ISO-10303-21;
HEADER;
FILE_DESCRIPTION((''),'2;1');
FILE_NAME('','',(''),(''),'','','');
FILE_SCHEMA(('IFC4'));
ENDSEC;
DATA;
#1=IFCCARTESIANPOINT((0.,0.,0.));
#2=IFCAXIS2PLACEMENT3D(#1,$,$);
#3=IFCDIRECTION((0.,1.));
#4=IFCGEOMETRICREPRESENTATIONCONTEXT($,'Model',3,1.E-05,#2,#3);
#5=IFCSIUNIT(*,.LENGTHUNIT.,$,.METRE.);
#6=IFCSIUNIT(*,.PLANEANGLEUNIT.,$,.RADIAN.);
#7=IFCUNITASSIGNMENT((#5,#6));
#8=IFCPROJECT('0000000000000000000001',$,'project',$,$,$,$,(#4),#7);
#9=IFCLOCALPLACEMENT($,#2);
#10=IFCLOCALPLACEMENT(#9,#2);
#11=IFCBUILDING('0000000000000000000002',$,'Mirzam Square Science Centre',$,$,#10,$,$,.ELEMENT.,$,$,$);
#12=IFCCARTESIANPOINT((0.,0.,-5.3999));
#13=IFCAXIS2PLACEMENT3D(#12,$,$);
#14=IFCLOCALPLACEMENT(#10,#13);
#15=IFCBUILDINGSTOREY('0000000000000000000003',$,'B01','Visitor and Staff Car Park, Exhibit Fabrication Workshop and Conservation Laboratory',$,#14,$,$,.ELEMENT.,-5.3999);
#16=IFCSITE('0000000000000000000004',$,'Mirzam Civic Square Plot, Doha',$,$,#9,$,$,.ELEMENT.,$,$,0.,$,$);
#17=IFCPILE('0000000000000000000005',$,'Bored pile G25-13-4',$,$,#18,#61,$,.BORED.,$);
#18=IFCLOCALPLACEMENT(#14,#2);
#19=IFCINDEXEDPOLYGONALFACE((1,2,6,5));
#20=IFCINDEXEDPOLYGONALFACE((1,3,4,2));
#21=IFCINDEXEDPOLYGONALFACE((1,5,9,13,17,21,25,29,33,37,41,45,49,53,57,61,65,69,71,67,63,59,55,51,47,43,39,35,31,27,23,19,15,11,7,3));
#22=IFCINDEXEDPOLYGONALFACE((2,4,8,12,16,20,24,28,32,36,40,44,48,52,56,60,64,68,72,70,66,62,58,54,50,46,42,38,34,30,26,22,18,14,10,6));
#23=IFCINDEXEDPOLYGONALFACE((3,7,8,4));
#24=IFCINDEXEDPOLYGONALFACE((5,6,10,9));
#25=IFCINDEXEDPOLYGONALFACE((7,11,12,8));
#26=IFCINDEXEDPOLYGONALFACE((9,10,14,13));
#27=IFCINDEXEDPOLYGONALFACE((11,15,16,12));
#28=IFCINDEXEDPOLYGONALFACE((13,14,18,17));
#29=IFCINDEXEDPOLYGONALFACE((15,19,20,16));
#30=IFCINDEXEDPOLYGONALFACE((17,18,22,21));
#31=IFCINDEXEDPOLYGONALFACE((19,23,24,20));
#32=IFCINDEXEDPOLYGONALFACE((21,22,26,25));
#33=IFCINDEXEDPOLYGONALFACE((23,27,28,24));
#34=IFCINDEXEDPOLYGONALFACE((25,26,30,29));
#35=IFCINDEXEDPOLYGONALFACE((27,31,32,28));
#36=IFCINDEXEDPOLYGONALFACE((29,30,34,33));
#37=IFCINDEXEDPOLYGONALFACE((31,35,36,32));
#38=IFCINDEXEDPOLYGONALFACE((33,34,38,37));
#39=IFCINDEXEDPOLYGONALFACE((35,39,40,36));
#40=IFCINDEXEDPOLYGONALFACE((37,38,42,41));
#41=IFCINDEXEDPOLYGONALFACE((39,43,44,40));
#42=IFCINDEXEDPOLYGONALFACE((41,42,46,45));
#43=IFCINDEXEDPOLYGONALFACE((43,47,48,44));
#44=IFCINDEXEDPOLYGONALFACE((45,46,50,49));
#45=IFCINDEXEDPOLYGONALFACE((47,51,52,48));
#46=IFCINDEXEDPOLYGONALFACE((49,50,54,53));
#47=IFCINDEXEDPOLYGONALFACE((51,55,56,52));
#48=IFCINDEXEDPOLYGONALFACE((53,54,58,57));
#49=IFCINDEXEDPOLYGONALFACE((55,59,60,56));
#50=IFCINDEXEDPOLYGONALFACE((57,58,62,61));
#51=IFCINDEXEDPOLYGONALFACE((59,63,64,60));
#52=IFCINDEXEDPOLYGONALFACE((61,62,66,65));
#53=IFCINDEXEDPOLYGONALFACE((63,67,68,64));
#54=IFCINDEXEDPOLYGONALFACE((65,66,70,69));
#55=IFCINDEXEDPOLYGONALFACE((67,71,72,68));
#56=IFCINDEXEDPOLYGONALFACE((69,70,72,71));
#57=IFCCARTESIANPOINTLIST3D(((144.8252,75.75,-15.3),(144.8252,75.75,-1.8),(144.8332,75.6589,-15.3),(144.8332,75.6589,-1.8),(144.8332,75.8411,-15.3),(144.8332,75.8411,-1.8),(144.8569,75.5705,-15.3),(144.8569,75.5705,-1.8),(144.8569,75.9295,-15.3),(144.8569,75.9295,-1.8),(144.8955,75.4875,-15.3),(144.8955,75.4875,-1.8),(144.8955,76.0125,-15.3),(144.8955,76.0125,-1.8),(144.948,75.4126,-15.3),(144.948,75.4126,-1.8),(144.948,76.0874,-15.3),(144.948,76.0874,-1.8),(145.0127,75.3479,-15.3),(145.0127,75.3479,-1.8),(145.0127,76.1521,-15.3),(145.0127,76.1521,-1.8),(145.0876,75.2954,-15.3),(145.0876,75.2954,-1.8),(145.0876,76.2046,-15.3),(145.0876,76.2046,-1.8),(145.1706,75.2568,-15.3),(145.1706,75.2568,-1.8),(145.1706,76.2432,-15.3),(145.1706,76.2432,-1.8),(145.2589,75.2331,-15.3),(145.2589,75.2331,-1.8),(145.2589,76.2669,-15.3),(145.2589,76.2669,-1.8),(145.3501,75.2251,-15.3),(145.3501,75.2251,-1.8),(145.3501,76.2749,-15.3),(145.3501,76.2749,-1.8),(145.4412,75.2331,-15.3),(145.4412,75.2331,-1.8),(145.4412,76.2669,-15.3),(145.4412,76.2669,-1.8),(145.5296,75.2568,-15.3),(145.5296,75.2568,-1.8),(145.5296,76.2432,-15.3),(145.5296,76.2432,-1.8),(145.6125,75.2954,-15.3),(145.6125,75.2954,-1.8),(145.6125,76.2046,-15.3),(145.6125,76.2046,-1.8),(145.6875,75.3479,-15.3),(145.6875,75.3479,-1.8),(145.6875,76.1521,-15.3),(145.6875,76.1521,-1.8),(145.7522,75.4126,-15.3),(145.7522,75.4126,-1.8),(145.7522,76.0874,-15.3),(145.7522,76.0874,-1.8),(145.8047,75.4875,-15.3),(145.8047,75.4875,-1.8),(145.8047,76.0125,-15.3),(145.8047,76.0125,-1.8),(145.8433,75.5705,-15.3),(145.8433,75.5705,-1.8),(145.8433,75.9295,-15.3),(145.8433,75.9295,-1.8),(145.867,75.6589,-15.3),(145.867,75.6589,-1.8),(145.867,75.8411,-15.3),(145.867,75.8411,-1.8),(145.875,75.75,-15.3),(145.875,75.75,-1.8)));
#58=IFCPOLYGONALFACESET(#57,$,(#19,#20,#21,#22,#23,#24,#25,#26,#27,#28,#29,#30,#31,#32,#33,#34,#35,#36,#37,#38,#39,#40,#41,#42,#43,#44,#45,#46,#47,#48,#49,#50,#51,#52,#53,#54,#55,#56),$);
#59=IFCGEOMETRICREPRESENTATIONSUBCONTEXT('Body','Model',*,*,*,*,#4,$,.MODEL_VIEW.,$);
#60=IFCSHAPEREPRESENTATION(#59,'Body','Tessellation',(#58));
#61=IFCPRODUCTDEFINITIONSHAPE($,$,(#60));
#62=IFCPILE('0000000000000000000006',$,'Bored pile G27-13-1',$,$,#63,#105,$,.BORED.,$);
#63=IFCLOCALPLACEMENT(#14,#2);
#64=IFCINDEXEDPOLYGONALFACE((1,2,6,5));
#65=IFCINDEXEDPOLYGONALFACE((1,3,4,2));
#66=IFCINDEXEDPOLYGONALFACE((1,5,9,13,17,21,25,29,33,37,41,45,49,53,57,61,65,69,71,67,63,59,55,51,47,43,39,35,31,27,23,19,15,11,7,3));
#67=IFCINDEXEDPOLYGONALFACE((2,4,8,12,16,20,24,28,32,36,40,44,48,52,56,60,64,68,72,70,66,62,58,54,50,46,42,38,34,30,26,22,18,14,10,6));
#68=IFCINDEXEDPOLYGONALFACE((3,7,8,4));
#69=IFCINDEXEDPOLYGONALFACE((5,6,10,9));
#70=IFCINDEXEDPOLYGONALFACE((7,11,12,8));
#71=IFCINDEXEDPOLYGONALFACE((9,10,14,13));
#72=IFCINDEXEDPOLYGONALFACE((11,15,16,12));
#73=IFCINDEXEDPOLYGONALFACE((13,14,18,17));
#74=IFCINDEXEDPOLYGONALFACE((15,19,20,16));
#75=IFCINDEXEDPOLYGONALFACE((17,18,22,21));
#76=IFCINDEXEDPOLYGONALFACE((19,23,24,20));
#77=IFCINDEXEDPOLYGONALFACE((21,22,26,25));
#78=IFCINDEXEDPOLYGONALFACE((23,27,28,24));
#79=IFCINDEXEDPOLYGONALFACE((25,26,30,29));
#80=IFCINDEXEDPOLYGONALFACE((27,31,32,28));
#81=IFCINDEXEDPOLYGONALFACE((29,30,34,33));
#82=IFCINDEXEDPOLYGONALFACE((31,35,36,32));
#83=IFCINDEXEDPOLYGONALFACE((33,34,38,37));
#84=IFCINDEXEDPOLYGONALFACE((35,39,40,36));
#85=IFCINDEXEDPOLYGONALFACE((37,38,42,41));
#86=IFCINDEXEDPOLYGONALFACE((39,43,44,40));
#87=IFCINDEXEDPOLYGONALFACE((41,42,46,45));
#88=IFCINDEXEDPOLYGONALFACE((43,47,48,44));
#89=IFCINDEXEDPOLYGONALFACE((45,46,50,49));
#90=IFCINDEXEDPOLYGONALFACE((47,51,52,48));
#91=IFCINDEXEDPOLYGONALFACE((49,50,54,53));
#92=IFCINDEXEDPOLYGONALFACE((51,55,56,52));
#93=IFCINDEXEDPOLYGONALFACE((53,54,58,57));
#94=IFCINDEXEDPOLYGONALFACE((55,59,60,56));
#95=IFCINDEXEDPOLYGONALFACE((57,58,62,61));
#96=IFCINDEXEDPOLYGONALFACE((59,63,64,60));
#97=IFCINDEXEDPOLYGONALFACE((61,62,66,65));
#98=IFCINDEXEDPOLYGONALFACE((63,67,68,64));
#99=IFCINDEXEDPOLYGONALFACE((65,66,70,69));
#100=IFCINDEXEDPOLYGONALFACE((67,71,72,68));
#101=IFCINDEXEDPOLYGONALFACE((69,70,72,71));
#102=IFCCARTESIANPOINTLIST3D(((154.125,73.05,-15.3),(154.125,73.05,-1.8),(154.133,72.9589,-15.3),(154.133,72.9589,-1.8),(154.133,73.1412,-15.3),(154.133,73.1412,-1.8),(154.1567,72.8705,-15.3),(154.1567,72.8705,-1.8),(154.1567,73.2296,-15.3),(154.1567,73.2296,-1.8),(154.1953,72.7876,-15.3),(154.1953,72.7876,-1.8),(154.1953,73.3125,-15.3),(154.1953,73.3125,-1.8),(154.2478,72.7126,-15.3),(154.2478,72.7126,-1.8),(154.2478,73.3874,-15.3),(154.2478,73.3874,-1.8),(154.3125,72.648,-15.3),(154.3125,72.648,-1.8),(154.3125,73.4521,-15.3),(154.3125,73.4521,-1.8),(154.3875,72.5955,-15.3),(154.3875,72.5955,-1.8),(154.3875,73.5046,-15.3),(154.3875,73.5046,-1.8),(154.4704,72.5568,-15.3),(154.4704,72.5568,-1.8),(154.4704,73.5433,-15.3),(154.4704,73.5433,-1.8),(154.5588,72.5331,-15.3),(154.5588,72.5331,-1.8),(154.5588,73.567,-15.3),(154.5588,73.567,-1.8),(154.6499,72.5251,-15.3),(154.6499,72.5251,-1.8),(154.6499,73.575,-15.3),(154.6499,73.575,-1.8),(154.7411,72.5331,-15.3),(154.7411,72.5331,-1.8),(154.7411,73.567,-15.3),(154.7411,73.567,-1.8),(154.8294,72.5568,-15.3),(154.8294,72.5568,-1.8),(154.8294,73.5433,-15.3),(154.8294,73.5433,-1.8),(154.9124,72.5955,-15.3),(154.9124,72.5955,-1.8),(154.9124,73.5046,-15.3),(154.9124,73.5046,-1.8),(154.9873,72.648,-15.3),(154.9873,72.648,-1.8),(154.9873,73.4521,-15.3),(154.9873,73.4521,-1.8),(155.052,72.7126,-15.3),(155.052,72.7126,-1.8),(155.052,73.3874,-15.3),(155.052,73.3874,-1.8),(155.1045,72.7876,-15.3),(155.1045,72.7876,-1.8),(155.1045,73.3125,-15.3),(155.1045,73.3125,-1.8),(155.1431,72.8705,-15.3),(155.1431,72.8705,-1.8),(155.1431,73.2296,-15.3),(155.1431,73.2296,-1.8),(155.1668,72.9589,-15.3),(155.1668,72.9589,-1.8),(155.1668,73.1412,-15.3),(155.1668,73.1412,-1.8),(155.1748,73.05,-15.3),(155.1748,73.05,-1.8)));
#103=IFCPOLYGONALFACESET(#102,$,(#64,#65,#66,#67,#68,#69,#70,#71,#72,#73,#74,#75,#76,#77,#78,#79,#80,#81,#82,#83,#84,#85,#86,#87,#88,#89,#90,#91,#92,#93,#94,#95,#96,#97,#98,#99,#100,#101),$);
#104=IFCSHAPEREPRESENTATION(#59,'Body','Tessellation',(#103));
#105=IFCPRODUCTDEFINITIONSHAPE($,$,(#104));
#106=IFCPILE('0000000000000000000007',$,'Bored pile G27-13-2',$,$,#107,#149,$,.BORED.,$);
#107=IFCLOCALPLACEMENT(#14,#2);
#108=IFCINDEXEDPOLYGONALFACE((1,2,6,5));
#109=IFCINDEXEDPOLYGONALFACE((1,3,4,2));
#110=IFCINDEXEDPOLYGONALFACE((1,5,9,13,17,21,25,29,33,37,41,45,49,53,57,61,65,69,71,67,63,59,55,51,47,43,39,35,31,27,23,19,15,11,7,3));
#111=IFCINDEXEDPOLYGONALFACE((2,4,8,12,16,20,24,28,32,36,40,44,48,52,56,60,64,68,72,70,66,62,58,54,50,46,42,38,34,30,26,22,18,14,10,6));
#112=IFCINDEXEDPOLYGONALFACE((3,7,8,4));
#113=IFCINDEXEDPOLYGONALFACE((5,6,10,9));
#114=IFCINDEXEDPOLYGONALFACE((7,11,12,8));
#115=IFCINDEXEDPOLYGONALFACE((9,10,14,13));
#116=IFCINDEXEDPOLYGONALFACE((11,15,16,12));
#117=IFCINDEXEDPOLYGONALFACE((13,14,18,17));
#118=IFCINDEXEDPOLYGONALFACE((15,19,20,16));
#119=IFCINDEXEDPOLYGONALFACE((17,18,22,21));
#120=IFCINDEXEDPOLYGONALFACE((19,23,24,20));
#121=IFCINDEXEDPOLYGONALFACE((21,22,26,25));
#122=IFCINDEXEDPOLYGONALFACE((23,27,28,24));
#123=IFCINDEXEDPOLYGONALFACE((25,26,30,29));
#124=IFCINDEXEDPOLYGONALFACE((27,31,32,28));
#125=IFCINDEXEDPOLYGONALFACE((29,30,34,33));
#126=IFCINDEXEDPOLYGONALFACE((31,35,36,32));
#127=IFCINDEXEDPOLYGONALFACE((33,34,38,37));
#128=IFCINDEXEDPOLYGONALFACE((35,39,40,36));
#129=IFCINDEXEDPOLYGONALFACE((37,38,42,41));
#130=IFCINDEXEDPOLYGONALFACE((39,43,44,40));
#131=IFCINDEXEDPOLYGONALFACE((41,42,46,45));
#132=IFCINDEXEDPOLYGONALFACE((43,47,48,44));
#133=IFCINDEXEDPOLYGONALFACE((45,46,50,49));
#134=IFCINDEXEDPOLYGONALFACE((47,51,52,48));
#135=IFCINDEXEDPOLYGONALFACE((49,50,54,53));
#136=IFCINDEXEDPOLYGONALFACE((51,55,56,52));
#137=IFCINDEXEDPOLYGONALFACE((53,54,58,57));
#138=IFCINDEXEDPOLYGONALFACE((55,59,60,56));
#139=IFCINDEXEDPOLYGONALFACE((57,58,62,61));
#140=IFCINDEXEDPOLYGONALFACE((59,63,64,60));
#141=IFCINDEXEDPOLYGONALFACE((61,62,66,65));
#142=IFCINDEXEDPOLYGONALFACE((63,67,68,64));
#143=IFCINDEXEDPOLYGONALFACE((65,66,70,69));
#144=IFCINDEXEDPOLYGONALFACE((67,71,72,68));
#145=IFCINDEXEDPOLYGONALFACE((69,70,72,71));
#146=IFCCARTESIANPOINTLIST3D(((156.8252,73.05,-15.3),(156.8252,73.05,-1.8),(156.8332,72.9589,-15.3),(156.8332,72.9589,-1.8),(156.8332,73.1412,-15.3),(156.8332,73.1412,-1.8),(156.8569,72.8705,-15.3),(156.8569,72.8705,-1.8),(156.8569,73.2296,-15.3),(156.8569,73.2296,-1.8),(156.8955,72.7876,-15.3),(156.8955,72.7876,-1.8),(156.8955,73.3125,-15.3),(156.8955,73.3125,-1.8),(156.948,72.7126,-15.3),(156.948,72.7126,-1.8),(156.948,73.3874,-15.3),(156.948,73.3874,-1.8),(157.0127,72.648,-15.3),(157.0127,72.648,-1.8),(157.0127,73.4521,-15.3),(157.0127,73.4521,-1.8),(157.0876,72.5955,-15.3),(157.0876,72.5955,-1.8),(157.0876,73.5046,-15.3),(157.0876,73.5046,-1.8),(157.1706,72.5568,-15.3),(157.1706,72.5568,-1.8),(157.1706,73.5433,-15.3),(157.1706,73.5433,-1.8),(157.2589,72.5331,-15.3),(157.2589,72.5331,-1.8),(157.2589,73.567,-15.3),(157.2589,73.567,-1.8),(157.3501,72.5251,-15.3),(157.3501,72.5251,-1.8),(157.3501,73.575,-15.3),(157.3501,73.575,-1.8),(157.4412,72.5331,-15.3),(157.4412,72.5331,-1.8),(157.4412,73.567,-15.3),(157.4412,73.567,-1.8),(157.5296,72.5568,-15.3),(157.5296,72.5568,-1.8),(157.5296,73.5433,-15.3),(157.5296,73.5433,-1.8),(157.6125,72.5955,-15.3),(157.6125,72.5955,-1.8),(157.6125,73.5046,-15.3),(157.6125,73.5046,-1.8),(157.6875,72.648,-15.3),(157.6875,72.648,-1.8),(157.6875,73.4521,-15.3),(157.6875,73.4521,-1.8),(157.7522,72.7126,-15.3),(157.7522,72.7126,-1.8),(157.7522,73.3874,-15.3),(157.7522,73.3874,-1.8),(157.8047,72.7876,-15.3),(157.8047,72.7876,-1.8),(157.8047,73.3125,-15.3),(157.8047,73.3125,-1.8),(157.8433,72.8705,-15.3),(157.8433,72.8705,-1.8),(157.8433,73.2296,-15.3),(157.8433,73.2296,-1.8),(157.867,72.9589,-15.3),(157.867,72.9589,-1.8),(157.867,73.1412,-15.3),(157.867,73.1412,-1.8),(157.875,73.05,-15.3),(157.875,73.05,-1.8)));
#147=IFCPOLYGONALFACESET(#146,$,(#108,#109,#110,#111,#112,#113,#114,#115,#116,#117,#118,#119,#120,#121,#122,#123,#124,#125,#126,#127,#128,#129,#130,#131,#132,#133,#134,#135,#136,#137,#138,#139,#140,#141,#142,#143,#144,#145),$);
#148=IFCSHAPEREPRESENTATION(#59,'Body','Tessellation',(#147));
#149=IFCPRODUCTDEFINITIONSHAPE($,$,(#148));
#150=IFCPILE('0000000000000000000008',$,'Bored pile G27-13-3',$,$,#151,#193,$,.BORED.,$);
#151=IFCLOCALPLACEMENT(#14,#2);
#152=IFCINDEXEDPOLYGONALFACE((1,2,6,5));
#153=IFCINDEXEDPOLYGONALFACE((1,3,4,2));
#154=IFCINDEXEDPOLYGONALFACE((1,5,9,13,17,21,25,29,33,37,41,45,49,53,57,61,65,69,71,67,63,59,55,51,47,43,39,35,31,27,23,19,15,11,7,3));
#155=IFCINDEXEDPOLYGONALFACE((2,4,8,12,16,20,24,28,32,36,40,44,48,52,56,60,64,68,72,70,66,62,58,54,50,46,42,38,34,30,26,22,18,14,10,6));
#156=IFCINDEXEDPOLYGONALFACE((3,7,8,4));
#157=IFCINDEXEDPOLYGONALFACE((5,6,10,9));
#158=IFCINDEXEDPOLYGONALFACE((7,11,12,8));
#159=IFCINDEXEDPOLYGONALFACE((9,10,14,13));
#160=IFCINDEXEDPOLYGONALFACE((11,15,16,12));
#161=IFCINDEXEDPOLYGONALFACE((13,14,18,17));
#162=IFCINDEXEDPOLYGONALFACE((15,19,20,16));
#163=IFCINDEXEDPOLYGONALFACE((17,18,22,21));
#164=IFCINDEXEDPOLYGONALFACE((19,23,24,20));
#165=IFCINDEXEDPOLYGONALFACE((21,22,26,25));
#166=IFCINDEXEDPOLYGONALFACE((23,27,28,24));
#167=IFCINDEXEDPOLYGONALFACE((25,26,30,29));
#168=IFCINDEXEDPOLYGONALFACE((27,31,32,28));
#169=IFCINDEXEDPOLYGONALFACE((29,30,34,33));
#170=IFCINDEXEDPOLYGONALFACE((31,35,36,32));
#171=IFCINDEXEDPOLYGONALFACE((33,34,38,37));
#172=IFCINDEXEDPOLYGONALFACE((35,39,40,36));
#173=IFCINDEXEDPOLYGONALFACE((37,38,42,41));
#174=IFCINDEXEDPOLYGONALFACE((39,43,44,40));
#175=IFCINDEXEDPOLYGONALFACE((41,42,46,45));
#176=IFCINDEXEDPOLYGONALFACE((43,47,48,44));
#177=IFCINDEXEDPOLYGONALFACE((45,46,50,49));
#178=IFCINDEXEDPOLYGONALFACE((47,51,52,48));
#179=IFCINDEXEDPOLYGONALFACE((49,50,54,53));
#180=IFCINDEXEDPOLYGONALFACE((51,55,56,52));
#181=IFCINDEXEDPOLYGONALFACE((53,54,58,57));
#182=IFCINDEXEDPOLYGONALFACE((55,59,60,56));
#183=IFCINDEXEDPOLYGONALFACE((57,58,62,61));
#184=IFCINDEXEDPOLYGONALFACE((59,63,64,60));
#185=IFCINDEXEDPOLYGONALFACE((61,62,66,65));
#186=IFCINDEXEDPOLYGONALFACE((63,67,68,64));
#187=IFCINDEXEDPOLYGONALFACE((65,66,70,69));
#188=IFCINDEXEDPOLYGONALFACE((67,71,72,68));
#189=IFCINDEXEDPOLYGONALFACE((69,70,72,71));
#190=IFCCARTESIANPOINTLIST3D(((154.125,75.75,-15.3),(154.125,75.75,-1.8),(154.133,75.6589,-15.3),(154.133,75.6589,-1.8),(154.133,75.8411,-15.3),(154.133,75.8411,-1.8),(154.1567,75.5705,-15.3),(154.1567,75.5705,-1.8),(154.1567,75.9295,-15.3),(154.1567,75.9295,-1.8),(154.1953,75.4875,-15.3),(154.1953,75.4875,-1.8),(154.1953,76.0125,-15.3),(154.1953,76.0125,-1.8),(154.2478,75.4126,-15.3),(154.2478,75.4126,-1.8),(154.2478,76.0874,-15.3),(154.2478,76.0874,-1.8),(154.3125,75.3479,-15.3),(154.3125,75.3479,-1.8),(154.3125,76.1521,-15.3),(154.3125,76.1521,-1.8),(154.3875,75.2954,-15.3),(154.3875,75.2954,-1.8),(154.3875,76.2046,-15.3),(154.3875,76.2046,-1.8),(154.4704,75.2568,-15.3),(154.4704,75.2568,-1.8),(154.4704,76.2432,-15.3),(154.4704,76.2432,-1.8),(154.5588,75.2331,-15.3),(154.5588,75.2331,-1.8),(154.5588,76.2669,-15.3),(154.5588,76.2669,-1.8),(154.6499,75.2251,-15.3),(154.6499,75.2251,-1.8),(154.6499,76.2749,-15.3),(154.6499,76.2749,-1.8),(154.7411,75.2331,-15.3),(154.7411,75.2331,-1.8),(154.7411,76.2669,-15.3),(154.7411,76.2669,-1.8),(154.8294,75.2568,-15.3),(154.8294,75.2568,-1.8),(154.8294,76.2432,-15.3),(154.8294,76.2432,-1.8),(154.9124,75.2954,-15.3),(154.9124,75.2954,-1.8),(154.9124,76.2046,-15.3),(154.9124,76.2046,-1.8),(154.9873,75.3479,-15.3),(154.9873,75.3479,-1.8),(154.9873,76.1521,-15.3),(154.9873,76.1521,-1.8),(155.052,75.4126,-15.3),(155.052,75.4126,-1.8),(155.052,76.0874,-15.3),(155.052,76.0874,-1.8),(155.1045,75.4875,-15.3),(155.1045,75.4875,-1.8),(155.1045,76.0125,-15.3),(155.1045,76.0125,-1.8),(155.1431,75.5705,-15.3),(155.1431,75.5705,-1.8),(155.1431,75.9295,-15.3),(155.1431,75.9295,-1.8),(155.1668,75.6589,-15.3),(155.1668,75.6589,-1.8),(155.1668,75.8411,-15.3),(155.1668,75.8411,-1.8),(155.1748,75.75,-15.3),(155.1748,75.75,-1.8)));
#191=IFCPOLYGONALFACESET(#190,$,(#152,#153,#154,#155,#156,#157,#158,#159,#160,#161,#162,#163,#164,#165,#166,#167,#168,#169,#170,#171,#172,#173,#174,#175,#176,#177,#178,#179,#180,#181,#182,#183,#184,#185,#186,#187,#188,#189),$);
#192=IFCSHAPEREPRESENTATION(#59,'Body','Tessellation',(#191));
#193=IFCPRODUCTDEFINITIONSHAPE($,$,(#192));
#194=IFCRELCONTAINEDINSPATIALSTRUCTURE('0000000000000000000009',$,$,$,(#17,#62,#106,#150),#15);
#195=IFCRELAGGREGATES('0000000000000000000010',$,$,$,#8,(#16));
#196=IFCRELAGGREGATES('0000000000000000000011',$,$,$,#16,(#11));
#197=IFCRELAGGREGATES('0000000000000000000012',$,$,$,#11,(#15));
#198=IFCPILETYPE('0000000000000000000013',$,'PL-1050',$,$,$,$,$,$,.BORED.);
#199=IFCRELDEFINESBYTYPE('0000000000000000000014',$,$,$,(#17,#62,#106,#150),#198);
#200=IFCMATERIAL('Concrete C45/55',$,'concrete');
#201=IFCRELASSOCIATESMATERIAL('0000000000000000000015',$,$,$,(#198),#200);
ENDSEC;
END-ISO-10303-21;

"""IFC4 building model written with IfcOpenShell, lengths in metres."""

from ifc_helpers import new_model, si_unit, direction, frame, origin, origin_2d, place, context, subcontext, project, spatial, circle, extrude, material, material_profile, profile_set, type_object, element, save


model = new_model("IFC4")

# Units and contexts
model_context = context("Model", 3, precision=1e-05, world=origin(), true_north=direction((0.0, 1.0)))
body_context = subcontext(model_context, "Body", "Model", "MODEL_VIEW")
ifc_project = project(units=[si_unit("LENGTHUNIT", "METRE"), si_unit("PLANEANGLEUNIT", "RADIAN")], contexts=[model_context])

# Site, building, storey
site_placement = place(None, origin())
site = spatial("IfcSite", under=ifc_project, at=site_placement, Name="Mirzam Civic Square Plot, Doha", CompositionType="ELEMENT", RefElevation=0.0)
building_placement = place(site_placement, origin())
building = spatial("IfcBuilding", under=site, at=building_placement, Name="Mirzam Square Science Centre", CompositionType="ELEMENT")
storey_placement = place(building_placement, frame((0.0, 0.0, -5.3999)))
storey = spatial("IfcBuildingStorey", under=building, at=storey_placement, Name="B01", Description="Visitor and Staff Car Park, Exhibit Fabrication Workshop and Conservation Laboratory", CompositionType="ELEMENT", Elevation=-5.3999)

# Shared definitions
ifc_material_1 = material(Name="Concrete C45/55", Category="concrete")

# Piles
ifc_material_profile_1 = material_profile(ifc_material_1, circle(Radius=0.5249, at=origin_2d()), Name="PILE-D1050")
ifc_profile_set_1 = profile_set([ifc_material_profile_1], Name="Concrete C45/55")
pile_type_1 = type_object("IfcPileType", Name="PL-1050", PredefinedType="BORED", material=ifc_profile_set_1)
for number, where, z_axis, x_axis, name in (
    (1, (145.3501, 75.75, -1.8), (0.0, 0.0, -1.0), (1.0, 0.0, 0.0), "Bored pile G25-13-4"),
    (2, (154.6499, 73.05, -1.8), (0.0, 0.0, -1.0), (1.0, 0.0, 0.0), "Bored pile G27-13-1"),
    (3, (157.3501, 73.05, -1.8), (0.0, 0.0, -1.0), (1.0, 0.0, 0.0), "Bored pile G27-13-2"),
    (4, (154.6499, 75.75, -1.8), (0.0, 0.0, -1.0), (1.0, 0.0, 0.0), "Bored pile G27-13-3"),
):
    element("IfcPile", number, at=place(storey_placement, frame(where, z_axis=z_axis, x_axis=x_axis)), inside=storey, type_object=pile_type_1, Name=name, PredefinedType="BORED", context=body_context, shape_type="SweptSolid", body=[
        extrude(circle(Radius=0.5249, at=origin_2d()), origin(), (0.0, 0.0, 1.0), 13.5),
    ])

save(model, "model.ifc")
